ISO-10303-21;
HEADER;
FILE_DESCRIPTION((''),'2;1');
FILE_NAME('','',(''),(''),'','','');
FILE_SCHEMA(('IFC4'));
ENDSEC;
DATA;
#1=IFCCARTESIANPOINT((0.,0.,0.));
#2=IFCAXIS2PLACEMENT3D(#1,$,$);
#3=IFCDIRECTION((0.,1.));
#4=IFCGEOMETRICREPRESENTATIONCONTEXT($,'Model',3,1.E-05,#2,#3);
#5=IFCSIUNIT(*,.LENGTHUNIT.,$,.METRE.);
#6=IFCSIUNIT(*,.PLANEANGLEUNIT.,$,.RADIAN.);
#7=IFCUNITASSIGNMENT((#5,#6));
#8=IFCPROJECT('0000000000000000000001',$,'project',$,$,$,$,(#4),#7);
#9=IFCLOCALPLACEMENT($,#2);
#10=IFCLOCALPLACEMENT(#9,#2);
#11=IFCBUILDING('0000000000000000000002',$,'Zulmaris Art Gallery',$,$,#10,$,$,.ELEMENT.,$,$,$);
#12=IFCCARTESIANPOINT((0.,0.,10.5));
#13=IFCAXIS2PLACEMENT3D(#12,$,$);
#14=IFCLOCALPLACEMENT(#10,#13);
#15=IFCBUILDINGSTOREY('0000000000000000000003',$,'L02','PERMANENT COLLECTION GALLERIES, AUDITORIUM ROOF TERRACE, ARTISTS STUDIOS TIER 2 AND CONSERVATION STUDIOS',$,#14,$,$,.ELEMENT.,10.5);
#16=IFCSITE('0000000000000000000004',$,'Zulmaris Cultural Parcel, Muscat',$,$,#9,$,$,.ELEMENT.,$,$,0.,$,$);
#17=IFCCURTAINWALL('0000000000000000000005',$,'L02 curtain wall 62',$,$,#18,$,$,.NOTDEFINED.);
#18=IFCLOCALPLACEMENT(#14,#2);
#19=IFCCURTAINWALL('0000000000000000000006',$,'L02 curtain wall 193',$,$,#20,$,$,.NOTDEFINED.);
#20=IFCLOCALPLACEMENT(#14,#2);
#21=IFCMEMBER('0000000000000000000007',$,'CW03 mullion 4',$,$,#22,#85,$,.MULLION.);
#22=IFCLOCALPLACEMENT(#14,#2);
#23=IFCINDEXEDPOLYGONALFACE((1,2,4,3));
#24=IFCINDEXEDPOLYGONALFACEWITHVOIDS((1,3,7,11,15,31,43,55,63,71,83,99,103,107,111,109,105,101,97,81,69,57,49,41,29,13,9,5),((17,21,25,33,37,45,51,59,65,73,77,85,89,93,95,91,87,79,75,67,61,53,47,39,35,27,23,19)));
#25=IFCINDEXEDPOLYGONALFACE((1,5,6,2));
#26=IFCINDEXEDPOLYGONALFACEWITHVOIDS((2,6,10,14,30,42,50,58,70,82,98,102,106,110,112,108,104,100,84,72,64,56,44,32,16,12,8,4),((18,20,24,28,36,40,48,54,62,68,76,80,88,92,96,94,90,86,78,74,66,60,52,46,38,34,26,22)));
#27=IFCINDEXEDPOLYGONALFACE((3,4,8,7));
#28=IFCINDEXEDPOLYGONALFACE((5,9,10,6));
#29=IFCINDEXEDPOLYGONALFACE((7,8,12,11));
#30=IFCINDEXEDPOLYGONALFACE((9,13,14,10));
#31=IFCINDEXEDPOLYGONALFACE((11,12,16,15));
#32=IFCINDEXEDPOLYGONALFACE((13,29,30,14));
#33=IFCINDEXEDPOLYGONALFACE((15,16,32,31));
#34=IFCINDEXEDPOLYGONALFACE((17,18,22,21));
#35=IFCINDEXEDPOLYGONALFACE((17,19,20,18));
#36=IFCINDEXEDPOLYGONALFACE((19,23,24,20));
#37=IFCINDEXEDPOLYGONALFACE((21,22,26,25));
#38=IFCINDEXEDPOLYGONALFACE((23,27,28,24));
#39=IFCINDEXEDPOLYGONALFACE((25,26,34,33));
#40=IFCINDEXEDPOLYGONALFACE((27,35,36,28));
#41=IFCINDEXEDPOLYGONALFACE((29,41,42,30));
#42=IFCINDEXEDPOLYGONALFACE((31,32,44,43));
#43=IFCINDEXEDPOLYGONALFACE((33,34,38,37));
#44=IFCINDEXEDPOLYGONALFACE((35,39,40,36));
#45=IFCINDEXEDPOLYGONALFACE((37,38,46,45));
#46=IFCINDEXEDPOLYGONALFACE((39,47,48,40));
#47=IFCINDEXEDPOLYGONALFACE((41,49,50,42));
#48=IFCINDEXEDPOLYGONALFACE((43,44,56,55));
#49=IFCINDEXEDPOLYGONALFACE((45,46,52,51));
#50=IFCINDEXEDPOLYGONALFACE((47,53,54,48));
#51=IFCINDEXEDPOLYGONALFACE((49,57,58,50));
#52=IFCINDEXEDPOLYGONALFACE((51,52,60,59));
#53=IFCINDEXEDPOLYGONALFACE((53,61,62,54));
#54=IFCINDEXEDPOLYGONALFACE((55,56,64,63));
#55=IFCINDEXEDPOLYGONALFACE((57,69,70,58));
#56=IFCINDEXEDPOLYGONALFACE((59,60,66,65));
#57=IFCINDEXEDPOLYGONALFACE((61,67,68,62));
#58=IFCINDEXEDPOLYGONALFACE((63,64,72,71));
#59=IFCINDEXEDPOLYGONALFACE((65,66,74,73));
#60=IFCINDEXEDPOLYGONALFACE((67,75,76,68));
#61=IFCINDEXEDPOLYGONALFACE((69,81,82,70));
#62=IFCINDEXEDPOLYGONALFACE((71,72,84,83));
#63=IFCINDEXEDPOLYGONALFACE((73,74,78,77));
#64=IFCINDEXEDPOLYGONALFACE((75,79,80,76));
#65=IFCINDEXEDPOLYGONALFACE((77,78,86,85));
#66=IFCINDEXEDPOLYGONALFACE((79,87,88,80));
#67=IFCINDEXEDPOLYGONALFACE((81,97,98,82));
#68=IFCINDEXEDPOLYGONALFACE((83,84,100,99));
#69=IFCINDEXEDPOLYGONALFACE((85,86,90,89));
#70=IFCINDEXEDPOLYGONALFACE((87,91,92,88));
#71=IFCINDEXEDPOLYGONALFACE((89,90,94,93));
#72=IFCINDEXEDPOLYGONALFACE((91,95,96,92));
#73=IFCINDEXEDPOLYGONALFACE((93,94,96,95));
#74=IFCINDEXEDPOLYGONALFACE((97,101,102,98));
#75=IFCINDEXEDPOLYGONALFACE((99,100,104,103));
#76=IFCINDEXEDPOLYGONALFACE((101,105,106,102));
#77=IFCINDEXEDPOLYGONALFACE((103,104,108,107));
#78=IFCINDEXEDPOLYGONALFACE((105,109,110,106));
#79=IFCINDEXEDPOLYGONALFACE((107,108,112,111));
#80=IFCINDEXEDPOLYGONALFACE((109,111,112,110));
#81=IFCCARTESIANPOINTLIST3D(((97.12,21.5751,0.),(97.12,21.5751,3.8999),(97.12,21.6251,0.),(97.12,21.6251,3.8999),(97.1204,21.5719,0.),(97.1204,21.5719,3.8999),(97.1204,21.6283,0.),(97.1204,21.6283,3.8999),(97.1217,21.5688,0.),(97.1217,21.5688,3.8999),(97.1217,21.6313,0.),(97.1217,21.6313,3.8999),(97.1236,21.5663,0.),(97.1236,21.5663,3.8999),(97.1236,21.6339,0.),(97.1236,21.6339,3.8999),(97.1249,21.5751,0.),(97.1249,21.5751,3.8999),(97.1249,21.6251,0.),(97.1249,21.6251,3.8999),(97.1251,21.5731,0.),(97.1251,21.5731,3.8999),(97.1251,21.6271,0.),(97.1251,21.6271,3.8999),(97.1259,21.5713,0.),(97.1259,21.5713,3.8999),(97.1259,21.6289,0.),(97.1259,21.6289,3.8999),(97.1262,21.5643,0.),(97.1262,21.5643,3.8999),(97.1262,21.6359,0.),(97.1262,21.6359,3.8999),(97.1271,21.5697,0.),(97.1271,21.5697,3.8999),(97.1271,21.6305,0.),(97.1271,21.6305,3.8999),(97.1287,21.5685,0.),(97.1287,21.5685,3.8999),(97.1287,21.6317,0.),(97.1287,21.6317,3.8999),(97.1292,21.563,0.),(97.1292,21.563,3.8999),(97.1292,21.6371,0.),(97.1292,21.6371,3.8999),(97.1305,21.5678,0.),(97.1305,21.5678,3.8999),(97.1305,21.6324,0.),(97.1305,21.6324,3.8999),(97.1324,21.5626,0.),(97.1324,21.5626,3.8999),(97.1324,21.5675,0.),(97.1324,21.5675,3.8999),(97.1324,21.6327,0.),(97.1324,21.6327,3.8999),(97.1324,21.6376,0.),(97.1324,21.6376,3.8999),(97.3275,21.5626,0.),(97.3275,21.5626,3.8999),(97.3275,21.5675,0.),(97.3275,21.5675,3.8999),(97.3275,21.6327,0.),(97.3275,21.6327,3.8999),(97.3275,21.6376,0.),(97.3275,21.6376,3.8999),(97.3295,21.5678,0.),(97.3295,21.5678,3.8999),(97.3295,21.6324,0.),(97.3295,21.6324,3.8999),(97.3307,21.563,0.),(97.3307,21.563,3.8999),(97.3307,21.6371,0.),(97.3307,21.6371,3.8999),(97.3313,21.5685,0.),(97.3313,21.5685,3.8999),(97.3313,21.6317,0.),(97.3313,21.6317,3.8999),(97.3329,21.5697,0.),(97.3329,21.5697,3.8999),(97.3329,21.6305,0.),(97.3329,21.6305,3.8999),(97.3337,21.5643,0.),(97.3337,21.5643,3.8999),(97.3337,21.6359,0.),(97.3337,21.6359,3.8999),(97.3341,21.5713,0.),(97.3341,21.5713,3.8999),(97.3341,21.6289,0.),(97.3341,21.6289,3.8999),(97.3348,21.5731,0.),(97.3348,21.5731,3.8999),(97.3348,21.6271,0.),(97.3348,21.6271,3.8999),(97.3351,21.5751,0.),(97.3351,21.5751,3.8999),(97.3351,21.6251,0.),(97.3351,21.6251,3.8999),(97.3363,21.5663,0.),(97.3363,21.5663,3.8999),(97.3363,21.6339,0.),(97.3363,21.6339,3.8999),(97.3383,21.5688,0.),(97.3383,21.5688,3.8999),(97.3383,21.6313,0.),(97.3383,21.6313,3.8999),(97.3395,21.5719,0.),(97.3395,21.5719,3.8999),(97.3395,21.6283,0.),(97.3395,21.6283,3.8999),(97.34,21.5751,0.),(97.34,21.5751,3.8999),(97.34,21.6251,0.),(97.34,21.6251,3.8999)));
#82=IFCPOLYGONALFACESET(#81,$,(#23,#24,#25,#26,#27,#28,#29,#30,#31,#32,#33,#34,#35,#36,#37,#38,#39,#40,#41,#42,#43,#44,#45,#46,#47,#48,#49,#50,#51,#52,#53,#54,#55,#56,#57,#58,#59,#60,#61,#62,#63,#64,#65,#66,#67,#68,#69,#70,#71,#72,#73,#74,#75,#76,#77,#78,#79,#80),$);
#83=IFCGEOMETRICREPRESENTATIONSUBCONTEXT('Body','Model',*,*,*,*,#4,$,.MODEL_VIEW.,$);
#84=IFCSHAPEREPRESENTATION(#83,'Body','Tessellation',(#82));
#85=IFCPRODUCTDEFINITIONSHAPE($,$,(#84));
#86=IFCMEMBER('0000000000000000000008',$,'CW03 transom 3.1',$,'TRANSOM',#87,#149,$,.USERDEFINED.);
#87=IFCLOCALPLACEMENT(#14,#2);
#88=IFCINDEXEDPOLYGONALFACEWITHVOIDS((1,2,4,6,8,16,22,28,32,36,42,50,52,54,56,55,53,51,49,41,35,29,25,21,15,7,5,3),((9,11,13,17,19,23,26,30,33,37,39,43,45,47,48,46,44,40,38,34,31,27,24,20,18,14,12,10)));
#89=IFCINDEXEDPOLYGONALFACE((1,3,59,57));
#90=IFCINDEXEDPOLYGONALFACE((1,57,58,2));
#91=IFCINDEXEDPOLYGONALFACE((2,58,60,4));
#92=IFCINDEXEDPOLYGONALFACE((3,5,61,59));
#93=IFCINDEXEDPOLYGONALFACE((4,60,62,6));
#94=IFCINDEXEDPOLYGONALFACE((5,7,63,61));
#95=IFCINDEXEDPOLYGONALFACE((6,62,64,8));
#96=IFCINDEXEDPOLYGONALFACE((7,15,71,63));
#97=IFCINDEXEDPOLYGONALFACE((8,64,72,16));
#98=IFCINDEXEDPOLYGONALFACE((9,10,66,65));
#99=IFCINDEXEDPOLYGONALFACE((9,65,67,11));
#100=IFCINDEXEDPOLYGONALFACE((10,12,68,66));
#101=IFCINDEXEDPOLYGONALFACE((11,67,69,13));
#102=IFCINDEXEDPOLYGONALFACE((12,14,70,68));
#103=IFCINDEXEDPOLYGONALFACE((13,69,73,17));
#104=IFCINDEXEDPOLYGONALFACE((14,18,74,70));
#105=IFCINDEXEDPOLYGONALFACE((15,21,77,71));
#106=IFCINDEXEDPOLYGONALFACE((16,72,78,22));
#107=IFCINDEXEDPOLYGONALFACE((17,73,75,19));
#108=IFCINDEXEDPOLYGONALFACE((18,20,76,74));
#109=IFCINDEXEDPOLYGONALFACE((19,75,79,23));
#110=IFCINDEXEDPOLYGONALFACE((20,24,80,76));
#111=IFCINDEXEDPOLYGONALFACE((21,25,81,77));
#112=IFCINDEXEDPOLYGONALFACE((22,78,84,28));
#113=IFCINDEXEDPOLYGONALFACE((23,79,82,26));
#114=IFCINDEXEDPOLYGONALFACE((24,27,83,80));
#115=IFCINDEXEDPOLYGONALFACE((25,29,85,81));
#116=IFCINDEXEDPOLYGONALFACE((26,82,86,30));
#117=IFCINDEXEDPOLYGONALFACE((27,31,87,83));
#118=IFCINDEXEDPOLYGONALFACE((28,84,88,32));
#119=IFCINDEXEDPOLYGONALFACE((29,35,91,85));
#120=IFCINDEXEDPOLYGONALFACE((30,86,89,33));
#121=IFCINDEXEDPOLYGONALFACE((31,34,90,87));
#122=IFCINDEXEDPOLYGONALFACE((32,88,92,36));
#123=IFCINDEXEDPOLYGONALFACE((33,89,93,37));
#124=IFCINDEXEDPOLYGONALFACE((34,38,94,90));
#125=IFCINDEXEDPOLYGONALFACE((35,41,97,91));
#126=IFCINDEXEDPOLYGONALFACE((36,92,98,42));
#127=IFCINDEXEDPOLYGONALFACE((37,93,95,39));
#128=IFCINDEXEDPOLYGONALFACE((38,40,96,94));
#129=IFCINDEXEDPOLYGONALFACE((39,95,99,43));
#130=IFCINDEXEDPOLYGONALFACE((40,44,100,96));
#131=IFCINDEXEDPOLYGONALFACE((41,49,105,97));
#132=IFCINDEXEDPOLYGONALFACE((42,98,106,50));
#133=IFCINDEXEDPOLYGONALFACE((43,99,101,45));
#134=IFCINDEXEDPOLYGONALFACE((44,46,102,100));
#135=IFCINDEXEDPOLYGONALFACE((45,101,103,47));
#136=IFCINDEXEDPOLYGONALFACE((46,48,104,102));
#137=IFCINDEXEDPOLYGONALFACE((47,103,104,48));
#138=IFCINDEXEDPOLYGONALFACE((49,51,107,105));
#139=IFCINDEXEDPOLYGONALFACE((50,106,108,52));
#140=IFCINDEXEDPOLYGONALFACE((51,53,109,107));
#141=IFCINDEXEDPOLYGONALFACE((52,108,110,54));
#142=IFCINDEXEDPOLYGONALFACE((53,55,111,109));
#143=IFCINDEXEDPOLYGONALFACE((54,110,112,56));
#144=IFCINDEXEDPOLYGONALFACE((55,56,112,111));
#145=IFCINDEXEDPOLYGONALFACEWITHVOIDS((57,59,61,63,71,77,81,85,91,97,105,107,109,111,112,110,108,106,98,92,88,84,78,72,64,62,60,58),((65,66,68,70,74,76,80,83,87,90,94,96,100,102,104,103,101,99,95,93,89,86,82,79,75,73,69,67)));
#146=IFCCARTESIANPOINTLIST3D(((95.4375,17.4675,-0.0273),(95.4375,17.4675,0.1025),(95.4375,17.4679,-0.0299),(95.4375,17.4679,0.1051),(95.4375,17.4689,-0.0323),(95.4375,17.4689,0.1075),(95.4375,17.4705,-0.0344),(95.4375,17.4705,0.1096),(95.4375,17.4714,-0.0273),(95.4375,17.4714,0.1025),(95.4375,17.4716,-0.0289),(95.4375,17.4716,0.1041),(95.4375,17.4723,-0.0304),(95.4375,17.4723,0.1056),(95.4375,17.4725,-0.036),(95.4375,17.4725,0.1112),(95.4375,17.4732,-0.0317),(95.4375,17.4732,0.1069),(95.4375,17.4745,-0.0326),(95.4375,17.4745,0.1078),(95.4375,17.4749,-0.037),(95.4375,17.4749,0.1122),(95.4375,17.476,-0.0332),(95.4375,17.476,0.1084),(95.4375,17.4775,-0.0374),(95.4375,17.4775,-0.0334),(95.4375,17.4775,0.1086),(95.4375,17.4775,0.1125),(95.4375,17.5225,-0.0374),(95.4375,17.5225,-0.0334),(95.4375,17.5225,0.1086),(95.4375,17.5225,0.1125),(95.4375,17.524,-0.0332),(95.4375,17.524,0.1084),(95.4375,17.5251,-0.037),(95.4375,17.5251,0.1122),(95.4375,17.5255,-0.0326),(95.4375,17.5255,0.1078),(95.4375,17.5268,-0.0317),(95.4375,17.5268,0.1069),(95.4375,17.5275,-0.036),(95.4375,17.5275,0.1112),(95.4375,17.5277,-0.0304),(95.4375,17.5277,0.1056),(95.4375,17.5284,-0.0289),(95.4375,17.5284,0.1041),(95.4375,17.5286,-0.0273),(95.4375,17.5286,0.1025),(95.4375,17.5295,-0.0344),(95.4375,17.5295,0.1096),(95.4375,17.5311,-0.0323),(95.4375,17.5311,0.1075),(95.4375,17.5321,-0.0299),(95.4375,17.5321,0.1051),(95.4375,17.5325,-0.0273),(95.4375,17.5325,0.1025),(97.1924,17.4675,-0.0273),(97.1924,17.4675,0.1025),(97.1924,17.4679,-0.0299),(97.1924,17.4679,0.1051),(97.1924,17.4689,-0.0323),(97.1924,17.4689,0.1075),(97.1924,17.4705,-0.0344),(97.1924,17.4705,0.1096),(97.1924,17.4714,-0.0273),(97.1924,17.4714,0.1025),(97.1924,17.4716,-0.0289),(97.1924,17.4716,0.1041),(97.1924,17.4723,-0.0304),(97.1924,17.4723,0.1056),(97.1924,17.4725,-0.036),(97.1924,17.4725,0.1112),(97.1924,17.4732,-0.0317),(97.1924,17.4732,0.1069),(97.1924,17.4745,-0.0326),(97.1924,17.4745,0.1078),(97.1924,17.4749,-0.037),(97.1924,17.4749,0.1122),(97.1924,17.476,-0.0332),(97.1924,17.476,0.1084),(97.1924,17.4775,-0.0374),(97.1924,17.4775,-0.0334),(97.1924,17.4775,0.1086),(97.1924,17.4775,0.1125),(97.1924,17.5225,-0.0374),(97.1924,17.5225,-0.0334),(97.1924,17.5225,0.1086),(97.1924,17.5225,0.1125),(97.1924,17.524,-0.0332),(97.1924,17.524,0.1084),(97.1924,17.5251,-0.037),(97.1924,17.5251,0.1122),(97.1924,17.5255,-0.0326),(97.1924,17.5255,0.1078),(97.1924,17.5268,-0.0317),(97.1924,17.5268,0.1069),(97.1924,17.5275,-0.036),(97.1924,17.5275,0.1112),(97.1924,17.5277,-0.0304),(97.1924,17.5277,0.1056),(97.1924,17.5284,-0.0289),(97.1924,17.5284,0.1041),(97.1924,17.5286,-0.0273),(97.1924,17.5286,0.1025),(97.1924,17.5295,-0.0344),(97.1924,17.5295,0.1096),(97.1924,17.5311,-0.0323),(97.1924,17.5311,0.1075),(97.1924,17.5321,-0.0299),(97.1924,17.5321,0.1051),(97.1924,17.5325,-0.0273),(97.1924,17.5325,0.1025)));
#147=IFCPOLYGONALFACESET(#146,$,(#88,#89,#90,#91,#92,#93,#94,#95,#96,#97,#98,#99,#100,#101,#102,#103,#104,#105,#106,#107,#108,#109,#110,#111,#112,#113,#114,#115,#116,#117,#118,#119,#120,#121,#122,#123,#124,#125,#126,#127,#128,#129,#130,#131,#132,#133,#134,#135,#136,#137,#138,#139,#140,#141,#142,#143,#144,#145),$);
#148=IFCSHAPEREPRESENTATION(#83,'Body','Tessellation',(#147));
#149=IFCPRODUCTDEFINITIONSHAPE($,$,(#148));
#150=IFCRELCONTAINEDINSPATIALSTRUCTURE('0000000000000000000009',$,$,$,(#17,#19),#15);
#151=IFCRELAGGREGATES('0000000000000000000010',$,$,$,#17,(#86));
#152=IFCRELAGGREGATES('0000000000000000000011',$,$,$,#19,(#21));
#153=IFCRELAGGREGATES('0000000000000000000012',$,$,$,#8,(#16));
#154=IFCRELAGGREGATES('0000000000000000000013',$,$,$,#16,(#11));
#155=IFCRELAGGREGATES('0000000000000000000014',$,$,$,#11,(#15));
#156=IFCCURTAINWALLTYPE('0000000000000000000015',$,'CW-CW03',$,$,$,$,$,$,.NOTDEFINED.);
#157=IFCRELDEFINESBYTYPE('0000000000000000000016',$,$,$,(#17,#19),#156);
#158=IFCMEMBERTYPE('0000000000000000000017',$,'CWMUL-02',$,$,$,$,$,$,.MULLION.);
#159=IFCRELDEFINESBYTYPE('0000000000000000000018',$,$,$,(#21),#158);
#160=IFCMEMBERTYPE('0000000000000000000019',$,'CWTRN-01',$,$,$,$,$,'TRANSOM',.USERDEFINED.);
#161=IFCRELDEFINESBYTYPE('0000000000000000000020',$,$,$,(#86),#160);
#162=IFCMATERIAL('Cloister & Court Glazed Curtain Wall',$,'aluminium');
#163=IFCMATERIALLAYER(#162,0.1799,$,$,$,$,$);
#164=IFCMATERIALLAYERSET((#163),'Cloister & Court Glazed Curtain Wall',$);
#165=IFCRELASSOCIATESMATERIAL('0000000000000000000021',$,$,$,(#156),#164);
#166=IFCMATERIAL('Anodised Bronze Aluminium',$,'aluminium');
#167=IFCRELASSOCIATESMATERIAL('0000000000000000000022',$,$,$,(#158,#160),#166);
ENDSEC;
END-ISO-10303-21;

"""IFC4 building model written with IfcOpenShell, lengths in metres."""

from ifc_helpers import new_model, si_unit, direction, frame, origin, origin_2d, place, context, subcontext, project, spatial, hollow_rectangle, extrude, material, layer, layer_set, material_profile, profile_set, type_object, element, aggregate, save


model = new_model("IFC4")

# Units and contexts
model_context = context("Model", 3, precision=1e-05, world=origin(), true_north=direction((0.0, 1.0)))
body_context = subcontext(model_context, "Body", "Model", "MODEL_VIEW")
ifc_project = project(units=[si_unit("LENGTHUNIT", "METRE"), si_unit("PLANEANGLEUNIT", "RADIAN")], contexts=[model_context])

# Site, building, storey
site_placement = place(None, origin())
site = spatial("IfcSite", under=ifc_project, at=site_placement, Name="Zulmaris Cultural Parcel, Muscat", CompositionType="ELEMENT", RefElevation=0.0)
building_placement = place(site_placement, origin())
building = spatial("IfcBuilding", under=site, at=building_placement, Name="Zulmaris Art Gallery", CompositionType="ELEMENT")
storey_placement = place(building_placement, frame((0.0, 0.0, 10.5)))
storey = spatial("IfcBuildingStorey", under=building, at=storey_placement, Name="L02", Description="PERMANENT COLLECTION GALLERIES, AUDITORIUM ROOF TERRACE, ARTISTS STUDIOS TIER 2 AND CONSERVATION STUDIOS", CompositionType="ELEMENT", Elevation=10.5)

# Curtain walls, member
ifc_material_1 = material(Name="Cloister & Court Glazed Curtain Wall", Category="aluminium")
ifc_layer_1 = layer(ifc_material_1, 0.1799)
ifc_layer_set_1 = layer_set([ifc_layer_1], Name="Cloister & Court Glazed Curtain Wall")
curtain_wall_type = type_object("IfcCurtainWallType", Name="CW-CW03", PredefinedType="NOTDEFINED", material=ifc_layer_set_1)
curtain_wall_1_placement = place(storey_placement, origin())
curtain_wall_1 = element("IfcCurtainWall", 1, at=curtain_wall_1_placement, inside=storey, type_object=curtain_wall_type, Name="L02 curtain wall 62", PredefinedType="NOTDEFINED")
ifc_material_2 = material(Name="Anodised Bronze Aluminium", Category="aluminium")
ifc_material_profile_1 = material_profile(ifc_material_2, hollow_rectangle(XDim=0.075, YDim=0.22, WallThickness=0.0049, InnerFilletRadius=0.0076, OuterFilletRadius=0.0125, at=origin_2d()), Name="ALU 75x220x5")
ifc_profile_set_1 = profile_set([ifc_material_profile_1], Name="Anodised Bronze Aluminium")
member_type_1 = type_object("IfcMemberType", Name="CWMUL-02", PredefinedType="MULLION", material=ifc_profile_set_1)
curtain_wall_2_placement = place(storey_placement, origin())
curtain_wall_2 = element("IfcCurtainWall", 2, at=curtain_wall_2_placement, inside=storey, type_object=curtain_wall_type, Name="L02 curtain wall 193", PredefinedType="NOTDEFINED")
member_1_placement = place(storey_placement, frame((97.23, 21.6001, 0.0), z_axis=(0.0, 0.0, 1.0), x_axis=(0.0, 1.0, 0.0)))
member_1 = element("IfcMember", 3, at=member_1_placement, type_object=member_type_1, Name="CW03 mullion 4", PredefinedType="MULLION", context=body_context, shape_type="SweptSolid", body=[
    extrude(hollow_rectangle(XDim=0.075, YDim=0.22, WallThickness=0.0049, InnerFilletRadius=0.0076, OuterFilletRadius=0.0125, at=origin_2d()), origin(), (0.0, 0.0, 1.0), 3.8999),
])

# Member
ifc_material_profile_2 = material_profile(ifc_material_2, hollow_rectangle(XDim=0.0649, YDim=0.1499, WallThickness=0.0039, InnerFilletRadius=0.0061, OuterFilletRadius=0.01, at=origin_2d()), Name="ALU 65x150x4")
ifc_profile_set_2 = profile_set([ifc_material_profile_2], Name="Anodised Bronze Aluminium")
member_type_2 = type_object("IfcMemberType", Name="CWTRN-01", ElementType="TRANSOM", PredefinedType="USERDEFINED", material=ifc_profile_set_2)
member_2_placement = place(storey_placement, frame((95.4375, 17.5, 0.0376), z_axis=(1.0, 0.0, 0.0), x_axis=(0.0, 1.0, 0.0)))
member_2 = element("IfcMember", 4, at=member_2_placement, type_object=member_type_2, Name="CW03 transom 3.1", ObjectType="TRANSOM", PredefinedType="USERDEFINED", context=body_context, shape_type="SweptSolid", body=[
    extrude(hollow_rectangle(XDim=0.0649, YDim=0.1499, WallThickness=0.0039, InnerFilletRadius=0.0061, OuterFilletRadius=0.01, at=origin_2d()), origin(), (0.0, 0.0, 1.0), 1.7549),
])

aggregate(curtain_wall_1, [member_2])
aggregate(curtain_wall_2, [member_1])

save(model, "model.ifc")
